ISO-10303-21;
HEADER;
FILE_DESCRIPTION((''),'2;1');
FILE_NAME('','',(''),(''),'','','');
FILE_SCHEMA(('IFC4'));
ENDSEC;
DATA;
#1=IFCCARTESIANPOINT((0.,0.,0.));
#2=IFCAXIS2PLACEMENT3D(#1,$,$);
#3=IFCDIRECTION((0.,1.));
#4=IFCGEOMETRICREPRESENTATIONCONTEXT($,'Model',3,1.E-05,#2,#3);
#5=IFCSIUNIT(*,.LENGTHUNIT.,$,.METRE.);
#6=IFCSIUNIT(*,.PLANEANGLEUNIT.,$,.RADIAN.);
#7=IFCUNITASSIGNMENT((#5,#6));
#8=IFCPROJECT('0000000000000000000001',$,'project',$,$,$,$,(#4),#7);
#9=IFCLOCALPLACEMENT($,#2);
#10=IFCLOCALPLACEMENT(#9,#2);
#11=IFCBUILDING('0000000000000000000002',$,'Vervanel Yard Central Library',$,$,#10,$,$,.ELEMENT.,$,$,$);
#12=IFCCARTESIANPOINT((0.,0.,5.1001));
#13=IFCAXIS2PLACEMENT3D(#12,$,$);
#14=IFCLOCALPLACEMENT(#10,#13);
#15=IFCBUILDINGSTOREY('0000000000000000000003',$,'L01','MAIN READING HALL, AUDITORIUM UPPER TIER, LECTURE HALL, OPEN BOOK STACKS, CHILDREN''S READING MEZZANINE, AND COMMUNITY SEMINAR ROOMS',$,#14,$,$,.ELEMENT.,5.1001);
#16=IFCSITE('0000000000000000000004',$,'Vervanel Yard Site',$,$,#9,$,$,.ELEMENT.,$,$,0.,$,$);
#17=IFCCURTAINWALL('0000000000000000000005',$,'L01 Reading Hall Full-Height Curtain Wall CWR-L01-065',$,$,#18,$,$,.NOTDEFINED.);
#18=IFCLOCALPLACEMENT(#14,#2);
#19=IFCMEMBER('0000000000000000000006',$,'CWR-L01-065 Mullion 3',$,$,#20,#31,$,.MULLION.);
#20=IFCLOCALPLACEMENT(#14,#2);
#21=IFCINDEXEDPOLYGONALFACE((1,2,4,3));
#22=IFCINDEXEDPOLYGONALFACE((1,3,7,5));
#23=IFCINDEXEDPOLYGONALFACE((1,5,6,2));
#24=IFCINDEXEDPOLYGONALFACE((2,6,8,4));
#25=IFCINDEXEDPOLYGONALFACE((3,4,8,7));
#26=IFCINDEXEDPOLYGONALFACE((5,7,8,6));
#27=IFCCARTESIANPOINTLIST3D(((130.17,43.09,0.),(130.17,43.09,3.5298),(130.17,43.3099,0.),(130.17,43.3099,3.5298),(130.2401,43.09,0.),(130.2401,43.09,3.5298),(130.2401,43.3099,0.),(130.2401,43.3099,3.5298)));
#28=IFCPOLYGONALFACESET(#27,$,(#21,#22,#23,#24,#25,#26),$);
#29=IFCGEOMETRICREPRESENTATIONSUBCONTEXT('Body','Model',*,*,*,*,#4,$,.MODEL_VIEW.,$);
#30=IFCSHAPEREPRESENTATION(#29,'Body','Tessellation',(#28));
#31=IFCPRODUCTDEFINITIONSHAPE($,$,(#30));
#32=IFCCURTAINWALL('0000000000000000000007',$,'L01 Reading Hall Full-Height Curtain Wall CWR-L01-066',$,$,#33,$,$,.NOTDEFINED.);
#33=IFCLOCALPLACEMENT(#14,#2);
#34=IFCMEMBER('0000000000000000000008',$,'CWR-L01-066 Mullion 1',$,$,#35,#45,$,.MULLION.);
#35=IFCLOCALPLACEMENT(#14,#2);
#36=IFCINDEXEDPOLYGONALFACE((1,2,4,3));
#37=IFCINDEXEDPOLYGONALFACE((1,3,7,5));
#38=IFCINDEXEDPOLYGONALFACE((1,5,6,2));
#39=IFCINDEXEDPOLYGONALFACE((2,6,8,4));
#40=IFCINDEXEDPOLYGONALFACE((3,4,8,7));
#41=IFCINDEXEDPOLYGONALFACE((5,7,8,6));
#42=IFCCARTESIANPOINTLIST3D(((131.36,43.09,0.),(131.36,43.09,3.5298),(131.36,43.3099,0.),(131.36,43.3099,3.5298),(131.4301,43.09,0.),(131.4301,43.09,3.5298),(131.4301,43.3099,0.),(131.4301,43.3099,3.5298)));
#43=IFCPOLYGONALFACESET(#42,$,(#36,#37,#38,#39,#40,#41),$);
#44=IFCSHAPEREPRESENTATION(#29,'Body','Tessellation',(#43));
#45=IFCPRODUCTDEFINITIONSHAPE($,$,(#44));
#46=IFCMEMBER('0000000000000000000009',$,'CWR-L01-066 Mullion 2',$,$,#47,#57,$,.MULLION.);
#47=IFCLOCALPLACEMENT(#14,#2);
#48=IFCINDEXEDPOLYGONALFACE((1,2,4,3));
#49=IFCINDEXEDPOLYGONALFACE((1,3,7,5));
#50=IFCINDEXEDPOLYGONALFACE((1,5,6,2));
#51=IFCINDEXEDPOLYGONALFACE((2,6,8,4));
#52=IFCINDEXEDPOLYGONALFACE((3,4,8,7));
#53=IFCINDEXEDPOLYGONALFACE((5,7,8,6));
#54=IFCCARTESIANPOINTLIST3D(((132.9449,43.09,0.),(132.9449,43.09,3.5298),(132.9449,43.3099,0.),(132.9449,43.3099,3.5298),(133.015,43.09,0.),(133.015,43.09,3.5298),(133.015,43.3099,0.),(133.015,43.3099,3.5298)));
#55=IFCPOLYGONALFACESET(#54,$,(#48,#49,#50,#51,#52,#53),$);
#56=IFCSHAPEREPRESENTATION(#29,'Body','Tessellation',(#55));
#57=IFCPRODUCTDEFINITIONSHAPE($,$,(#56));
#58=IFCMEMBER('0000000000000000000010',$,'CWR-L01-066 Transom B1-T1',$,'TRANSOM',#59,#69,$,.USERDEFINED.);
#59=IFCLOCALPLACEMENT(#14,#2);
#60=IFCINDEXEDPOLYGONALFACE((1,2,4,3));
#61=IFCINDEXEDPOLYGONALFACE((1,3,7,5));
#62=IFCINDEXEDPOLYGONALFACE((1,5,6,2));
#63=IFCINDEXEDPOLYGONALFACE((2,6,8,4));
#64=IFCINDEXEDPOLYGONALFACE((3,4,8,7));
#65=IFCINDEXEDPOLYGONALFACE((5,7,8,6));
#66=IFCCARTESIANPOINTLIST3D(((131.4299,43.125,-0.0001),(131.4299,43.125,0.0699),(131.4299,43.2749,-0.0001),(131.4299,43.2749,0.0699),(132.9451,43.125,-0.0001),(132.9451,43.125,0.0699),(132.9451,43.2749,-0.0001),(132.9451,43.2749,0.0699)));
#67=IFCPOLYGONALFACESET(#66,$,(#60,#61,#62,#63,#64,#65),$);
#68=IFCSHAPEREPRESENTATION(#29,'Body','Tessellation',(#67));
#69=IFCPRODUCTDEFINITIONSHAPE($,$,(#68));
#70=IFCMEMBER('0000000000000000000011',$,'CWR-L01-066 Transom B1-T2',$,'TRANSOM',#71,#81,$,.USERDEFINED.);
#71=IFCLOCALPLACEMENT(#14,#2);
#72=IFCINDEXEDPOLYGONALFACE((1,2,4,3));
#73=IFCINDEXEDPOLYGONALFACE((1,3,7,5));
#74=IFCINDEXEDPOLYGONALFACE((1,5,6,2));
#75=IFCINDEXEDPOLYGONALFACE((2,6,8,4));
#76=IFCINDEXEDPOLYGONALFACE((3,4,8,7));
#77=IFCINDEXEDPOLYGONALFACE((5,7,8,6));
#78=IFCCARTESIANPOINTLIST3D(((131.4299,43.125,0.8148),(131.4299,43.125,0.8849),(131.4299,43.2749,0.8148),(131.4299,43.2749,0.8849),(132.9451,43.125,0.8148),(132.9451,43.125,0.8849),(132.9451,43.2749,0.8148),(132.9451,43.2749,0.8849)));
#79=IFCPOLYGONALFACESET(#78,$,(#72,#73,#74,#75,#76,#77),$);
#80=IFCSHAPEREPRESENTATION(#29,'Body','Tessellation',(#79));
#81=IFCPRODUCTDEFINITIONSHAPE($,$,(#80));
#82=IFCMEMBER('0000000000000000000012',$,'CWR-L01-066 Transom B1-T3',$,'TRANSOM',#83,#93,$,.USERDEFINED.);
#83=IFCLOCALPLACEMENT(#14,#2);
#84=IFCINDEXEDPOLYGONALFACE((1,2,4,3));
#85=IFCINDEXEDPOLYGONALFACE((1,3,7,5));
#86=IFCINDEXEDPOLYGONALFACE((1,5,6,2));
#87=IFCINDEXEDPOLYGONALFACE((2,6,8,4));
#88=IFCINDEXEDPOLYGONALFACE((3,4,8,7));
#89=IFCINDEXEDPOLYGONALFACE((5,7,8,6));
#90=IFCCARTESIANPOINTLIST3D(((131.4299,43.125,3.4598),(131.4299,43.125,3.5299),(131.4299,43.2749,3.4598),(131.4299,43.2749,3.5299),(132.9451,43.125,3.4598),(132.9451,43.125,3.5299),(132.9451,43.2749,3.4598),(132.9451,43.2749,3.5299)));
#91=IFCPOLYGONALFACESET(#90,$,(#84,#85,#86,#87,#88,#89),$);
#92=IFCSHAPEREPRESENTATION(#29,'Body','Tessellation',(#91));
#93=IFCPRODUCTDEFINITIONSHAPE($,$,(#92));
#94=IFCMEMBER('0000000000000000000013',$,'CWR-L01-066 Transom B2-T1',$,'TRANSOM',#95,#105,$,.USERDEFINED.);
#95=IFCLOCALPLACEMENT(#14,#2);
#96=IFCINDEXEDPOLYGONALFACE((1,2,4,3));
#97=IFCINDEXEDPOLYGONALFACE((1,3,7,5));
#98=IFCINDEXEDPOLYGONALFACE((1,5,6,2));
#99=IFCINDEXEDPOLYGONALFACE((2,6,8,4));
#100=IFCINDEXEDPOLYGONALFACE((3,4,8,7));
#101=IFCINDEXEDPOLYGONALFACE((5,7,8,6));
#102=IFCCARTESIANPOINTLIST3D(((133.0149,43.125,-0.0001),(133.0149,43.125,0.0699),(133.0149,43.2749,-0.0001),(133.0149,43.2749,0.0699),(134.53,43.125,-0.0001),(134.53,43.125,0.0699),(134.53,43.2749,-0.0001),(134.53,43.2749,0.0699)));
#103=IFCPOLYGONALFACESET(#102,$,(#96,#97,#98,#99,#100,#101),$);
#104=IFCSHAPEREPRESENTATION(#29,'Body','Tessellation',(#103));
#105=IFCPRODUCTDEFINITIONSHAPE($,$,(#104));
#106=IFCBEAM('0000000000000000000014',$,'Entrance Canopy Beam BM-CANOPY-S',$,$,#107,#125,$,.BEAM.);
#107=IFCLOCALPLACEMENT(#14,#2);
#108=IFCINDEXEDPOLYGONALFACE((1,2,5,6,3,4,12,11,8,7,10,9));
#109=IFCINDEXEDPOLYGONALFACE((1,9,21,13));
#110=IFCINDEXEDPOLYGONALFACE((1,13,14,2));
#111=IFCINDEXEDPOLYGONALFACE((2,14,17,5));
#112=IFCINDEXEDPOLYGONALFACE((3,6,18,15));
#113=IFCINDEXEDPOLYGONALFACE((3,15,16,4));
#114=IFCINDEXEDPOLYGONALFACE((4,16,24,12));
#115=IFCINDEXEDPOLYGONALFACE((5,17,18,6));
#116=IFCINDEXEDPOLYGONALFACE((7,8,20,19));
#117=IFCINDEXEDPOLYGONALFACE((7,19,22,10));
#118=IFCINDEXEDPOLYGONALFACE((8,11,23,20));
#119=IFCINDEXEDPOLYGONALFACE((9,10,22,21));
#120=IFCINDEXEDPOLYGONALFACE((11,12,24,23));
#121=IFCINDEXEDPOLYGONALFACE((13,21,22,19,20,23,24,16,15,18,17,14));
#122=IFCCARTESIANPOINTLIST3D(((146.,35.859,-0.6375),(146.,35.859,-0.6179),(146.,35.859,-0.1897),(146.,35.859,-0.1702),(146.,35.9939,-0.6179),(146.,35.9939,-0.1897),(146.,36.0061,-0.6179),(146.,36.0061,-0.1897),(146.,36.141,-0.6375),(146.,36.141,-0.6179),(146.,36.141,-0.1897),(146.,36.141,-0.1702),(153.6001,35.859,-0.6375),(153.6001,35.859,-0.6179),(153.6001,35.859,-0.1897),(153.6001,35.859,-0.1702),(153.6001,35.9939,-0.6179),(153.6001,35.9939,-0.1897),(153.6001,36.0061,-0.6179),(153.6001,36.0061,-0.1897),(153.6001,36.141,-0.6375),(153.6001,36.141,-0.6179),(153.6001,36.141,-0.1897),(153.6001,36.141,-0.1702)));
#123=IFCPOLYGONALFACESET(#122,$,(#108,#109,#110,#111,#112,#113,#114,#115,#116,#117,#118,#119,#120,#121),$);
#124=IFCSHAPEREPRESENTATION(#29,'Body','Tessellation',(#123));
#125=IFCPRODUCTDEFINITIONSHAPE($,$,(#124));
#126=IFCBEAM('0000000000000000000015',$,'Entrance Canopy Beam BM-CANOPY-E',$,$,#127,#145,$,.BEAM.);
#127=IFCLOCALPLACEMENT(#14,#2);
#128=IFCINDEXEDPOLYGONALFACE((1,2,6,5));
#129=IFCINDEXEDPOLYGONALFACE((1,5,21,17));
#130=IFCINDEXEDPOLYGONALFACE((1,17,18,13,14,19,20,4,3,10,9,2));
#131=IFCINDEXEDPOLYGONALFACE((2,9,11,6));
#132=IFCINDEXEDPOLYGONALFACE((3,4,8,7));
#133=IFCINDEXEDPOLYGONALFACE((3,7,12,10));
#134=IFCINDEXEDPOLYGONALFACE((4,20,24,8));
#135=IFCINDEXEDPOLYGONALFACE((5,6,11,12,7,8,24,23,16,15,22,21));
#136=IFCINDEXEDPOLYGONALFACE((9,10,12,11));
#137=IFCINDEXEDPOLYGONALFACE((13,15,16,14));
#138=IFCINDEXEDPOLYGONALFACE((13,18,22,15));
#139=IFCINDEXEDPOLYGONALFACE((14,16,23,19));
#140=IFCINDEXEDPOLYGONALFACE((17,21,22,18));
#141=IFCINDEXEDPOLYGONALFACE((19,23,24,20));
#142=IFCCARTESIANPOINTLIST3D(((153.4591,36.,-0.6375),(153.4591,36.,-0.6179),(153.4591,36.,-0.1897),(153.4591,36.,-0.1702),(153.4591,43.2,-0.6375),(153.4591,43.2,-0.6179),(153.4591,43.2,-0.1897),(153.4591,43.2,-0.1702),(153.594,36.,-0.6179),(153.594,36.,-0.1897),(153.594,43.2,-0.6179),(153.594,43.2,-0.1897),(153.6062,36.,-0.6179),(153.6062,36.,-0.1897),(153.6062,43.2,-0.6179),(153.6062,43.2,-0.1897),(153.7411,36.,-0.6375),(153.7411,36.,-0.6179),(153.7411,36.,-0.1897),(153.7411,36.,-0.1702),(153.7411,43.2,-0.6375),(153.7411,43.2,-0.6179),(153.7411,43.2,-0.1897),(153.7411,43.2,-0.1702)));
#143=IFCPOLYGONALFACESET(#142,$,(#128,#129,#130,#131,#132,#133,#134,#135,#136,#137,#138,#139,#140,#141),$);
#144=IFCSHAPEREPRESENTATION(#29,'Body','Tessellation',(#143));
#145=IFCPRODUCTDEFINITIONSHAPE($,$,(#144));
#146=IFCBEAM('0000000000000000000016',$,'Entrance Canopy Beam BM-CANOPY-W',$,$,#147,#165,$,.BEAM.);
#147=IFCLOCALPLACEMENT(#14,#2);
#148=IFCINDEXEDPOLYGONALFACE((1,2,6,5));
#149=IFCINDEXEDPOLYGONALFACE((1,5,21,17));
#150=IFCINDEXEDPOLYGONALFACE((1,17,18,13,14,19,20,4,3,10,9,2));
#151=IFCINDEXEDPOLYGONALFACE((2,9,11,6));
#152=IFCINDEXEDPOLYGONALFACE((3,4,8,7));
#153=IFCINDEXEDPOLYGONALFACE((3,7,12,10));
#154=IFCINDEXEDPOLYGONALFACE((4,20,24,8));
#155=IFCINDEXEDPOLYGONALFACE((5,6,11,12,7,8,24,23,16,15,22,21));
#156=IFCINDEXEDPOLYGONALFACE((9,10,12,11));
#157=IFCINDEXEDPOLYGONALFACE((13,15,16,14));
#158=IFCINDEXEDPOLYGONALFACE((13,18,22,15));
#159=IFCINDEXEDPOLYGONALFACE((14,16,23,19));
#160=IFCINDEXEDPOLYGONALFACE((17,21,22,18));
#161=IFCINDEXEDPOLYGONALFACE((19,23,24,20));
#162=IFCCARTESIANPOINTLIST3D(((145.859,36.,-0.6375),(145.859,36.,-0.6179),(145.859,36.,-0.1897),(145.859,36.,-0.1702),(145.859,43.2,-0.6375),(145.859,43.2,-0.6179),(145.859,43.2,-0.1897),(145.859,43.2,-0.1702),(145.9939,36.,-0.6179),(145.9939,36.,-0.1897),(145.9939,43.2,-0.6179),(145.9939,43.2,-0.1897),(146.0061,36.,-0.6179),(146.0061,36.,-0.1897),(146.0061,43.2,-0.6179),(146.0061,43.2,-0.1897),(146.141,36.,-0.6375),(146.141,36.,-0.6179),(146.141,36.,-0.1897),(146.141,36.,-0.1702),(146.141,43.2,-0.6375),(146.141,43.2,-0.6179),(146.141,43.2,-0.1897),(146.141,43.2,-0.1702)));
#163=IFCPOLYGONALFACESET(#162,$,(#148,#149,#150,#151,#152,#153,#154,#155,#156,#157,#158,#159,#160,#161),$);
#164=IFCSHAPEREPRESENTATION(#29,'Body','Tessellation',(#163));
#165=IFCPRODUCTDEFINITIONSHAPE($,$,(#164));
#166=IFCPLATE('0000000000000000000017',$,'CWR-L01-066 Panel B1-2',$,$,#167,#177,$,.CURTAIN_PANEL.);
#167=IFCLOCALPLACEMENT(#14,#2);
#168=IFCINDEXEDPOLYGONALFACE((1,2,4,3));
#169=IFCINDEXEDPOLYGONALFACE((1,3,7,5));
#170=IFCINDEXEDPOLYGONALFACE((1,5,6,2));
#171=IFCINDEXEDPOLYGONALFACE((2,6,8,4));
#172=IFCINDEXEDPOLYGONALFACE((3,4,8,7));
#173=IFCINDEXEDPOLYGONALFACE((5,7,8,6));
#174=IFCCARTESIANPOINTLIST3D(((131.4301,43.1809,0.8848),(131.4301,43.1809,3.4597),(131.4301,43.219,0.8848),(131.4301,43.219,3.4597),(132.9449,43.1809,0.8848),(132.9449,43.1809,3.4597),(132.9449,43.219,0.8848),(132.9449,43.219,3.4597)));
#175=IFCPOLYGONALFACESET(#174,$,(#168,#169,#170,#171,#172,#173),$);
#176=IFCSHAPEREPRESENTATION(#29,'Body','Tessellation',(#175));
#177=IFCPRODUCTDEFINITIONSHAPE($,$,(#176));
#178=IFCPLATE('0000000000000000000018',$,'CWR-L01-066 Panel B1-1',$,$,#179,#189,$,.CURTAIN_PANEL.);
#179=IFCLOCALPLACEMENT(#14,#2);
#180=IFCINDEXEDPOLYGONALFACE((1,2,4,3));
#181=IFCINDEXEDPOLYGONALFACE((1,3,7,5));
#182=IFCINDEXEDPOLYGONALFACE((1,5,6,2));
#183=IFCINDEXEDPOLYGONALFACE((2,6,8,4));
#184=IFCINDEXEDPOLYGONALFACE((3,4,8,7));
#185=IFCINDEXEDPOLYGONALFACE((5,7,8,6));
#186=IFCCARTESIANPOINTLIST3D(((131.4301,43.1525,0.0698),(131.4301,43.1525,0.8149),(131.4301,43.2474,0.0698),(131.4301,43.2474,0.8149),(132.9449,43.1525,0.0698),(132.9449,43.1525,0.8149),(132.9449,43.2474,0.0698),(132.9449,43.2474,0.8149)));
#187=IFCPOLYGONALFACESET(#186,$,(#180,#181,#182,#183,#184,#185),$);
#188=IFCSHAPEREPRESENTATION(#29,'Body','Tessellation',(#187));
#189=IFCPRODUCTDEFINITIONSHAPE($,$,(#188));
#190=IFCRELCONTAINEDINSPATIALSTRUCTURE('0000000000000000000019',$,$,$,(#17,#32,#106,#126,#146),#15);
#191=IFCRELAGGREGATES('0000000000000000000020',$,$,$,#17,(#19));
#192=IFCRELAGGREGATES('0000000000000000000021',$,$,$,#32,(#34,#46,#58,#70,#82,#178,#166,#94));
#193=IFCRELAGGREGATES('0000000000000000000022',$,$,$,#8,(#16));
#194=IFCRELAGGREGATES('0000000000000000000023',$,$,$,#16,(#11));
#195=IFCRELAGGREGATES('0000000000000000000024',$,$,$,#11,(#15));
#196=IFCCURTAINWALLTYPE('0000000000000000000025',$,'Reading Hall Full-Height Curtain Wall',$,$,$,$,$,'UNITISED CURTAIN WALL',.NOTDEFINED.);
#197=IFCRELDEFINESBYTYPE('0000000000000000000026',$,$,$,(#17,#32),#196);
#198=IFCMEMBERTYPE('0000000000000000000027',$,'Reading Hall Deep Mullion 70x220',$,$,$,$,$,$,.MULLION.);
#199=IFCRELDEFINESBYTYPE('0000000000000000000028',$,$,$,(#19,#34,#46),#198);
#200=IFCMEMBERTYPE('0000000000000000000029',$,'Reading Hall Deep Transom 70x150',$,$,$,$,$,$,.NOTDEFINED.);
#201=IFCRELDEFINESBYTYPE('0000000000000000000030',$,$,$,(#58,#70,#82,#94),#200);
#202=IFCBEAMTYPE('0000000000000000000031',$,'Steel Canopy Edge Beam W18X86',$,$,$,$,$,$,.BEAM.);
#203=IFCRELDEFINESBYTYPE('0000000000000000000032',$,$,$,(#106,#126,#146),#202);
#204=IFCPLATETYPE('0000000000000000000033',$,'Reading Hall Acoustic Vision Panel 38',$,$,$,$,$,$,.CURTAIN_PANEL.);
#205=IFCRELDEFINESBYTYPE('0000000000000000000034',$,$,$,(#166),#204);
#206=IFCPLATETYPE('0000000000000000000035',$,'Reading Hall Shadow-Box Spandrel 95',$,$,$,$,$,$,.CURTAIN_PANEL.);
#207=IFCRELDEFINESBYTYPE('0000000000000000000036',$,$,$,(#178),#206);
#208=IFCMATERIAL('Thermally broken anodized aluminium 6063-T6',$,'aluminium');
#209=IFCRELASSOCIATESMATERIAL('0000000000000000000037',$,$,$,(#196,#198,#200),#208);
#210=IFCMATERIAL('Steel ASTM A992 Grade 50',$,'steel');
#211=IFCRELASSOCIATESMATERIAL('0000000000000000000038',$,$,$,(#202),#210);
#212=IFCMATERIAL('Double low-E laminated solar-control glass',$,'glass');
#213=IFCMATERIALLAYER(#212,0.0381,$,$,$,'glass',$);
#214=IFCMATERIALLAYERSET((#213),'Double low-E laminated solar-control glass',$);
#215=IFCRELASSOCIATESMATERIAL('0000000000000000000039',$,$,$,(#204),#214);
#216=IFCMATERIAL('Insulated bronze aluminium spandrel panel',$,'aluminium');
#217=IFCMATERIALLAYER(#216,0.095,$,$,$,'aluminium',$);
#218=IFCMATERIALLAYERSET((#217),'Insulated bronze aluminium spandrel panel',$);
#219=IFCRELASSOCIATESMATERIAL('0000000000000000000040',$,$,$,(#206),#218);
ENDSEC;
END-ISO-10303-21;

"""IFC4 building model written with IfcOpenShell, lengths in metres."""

from ifc_helpers import new_model, si_unit, direction, frame, origin, origin_2d, place, context, subcontext, project, spatial, rectangle, i_section, extrude, material, layer, layer_set, material_profile, profile_set, type_object, element, aggregate, save


model = new_model("IFC4")

# Units and contexts
model_context = context("Model", 3, precision=1e-05, world=origin(), true_north=direction((0.0, 1.0)))
body_context = subcontext(model_context, "Body", "Model", "MODEL_VIEW")
ifc_project = project(units=[si_unit("LENGTHUNIT", "METRE"), si_unit("PLANEANGLEUNIT", "RADIAN")], contexts=[model_context])

# Site, building, storey
site_placement = place(None, origin())
site = spatial("IfcSite", under=ifc_project, at=site_placement, Name="Vervanel Yard Site", CompositionType="ELEMENT", RefElevation=0.0)
building_placement = place(site_placement, origin())
building = spatial("IfcBuilding", under=site, at=building_placement, Name="Vervanel Yard Central Library", CompositionType="ELEMENT")
storey_placement = place(building_placement, frame((0.0, 0.0, 5.1001)))
storey = spatial("IfcBuildingStorey", under=building, at=storey_placement, Name="L01", Description="MAIN READING HALL, AUDITORIUM UPPER TIER, LECTURE HALL, OPEN BOOK STACKS, CHILDREN'S READING MEZZANINE, AND COMMUNITY SEMINAR ROOMS", CompositionType="ELEMENT", Elevation=5.1001)

# Curtain wall, member
ifc_material_1 = material(Name="Thermally broken anodized aluminium 6063-T6", Category="aluminium")
curtain_wall_type = type_object("IfcCurtainWallType", Name="Reading Hall Full-Height Curtain Wall", ElementType="UNITISED CURTAIN WALL", PredefinedType="NOTDEFINED", material=ifc_material_1)
curtain_wall_1_placement = place(storey_placement, origin())
curtain_wall_1 = element("IfcCurtainWall", 1, at=curtain_wall_1_placement, inside=storey, type_object=curtain_wall_type, Name="L01 Reading Hall Full-Height Curtain Wall CWR-L01-065", PredefinedType="NOTDEFINED")
ifc_material_profile_1 = material_profile(ifc_material_1, rectangle(XDim=0.0701, YDim=0.22, at=origin_2d()), Name="ALU 70x220", Category="aluminium")
ifc_profile_set_1 = profile_set([ifc_material_profile_1], Name="Thermally broken anodized aluminium 6063-T6")
member_type_1 = type_object("IfcMemberType", Name="Reading Hall Deep Mullion 70x220", PredefinedType="MULLION", material=ifc_profile_set_1)
member_1_placement = place(storey_placement, frame((130.2051, 43.2, 0.0), z_axis=(0.0, 0.0, 1.0), x_axis=(1.0, 0.0, 0.0)))
member_1 = element("IfcMember", 2, at=member_1_placement, type_object=member_type_1, Name="CWR-L01-065 Mullion 3", PredefinedType="MULLION", context=body_context, shape_type="SweptSolid", body=[
    extrude(rectangle(XDim=0.0701, YDim=0.22, at=origin_2d()), origin(), (0.0, 0.0, 1.0), 3.5298),
])
aggregate(curtain_wall_1, [member_1])

# Curtain wall, members
curtain_wall_2_placement = place(storey_placement, origin())
curtain_wall_2 = element("IfcCurtainWall", 3, at=curtain_wall_2_placement, inside=storey, type_object=curtain_wall_type, Name="L01 Reading Hall Full-Height Curtain Wall CWR-L01-066", PredefinedType="NOTDEFINED")
member_2_placement = place(storey_placement, frame((131.395, 43.2, 0.0), z_axis=(0.0, 0.0, 1.0), x_axis=(1.0, 0.0, 0.0)))
member_2 = element("IfcMember", 4, at=member_2_placement, type_object=member_type_1, Name="CWR-L01-066 Mullion 1", PredefinedType="MULLION", context=body_context, shape_type="SweptSolid", body=[
    extrude(rectangle(XDim=0.0701, YDim=0.22, at=origin_2d()), origin(), (0.0, 0.0, 1.0), 3.5298),
])
member_3_placement = place(storey_placement, frame((132.98, 43.2, 0.0), z_axis=(0.0, 0.0, 1.0), x_axis=(1.0, 0.0, 0.0)))
member_3 = element("IfcMember", 5, at=member_3_placement, type_object=member_type_1, Name="CWR-L01-066 Mullion 2", PredefinedType="MULLION", context=body_context, shape_type="SweptSolid", body=[
    extrude(rectangle(XDim=0.0701, YDim=0.22, at=origin_2d()), origin(), (0.0, 0.0, 1.0), 3.5298),
])
ifc_material_profile_2 = material_profile(ifc_material_1, rectangle(XDim=0.0701, YDim=0.1499, at=origin_2d()), Name="ALU 70x150", Category="aluminium")
ifc_profile_set_2 = profile_set([ifc_material_profile_2], Name="Thermally broken anodized aluminium 6063-T6")
member_type_2 = type_object("IfcMemberType", Name="Reading Hall Deep Transom 70x150", PredefinedType="NOTDEFINED", material=ifc_profile_set_2)
member_4_placement = place(storey_placement, frame((131.4299, 43.2, 0.0349), z_axis=(1.0, 0.0, 0.0), x_axis=(0.0, 0.0, 1.0)))
member_4 = element("IfcMember", 6, at=member_4_placement, type_object=member_type_2, Name="CWR-L01-066 Transom B1-T1", ObjectType="TRANSOM", PredefinedType="USERDEFINED", context=body_context, shape_type="SweptSolid", body=[
    extrude(rectangle(XDim=0.0701, YDim=0.1499, at=origin_2d()), origin(), (0.0, 0.0, 1.0), 1.5151),
])
member_5_placement = place(storey_placement, frame((131.4299, 43.2, 0.8499), z_axis=(1.0, 0.0, 0.0), x_axis=(0.0, 0.0, 1.0)))
member_5 = element("IfcMember", 7, at=member_5_placement, type_object=member_type_2, Name="CWR-L01-066 Transom B1-T2", ObjectType="TRANSOM", PredefinedType="USERDEFINED", context=body_context, shape_type="SweptSolid", body=[
    extrude(rectangle(XDim=0.0701, YDim=0.1499, at=origin_2d()), origin(), (0.0, 0.0, 1.0), 1.5151),
])
member_6_placement = place(storey_placement, frame((131.4299, 43.2, 3.4949), z_axis=(1.0, 0.0, 0.0), x_axis=(0.0, 0.0, 1.0)))
member_6 = element("IfcMember", 8, at=member_6_placement, type_object=member_type_2, Name="CWR-L01-066 Transom B1-T3", ObjectType="TRANSOM", PredefinedType="USERDEFINED", context=body_context, shape_type="SweptSolid", body=[
    extrude(rectangle(XDim=0.0701, YDim=0.1499, at=origin_2d()), origin(), (0.0, 0.0, 1.0), 1.5151),
])
member_7_placement = place(storey_placement, frame((133.0149, 43.2, 0.0349), z_axis=(1.0, 0.0, 0.0), x_axis=(0.0, 0.0, 1.0)))
member_7 = element("IfcMember", 9, at=member_7_placement, type_object=member_type_2, Name="CWR-L01-066 Transom B2-T1", ObjectType="TRANSOM", PredefinedType="USERDEFINED", context=body_context, shape_type="SweptSolid", body=[
    extrude(rectangle(XDim=0.0701, YDim=0.1499, at=origin_2d()), origin(), (0.0, 0.0, 1.0), 1.5151),
])

# Beams
ifc_material_2 = material(Name="Steel ASTM A992 Grade 50", Category="steel")
ifc_material_profile_3 = material_profile(ifc_material_2, i_section(OverallWidth=0.282, OverallDepth=0.4673, WebThickness=0.0122, FlangeThickness=0.0195, at=origin_2d()), Name="W18X86", Category="steel")
ifc_profile_set_3 = profile_set([ifc_material_profile_3], Name="Steel ASTM A992 Grade 50")
beam_type = type_object("IfcBeamType", Name="Steel Canopy Edge Beam W18X86", PredefinedType="BEAM", material=ifc_profile_set_3)
beam_placement = place(storey_placement, frame((146.0, 36.0, -0.4038), z_axis=(1.0, 0.0, 0.0), x_axis=(0.0, 1.0, 0.0)))
element("IfcBeam", 10, at=beam_placement, inside=storey, type_object=beam_type, Name="Entrance Canopy Beam BM-CANOPY-S", PredefinedType="BEAM", context=body_context, shape_type="SweptSolid", body=[
    extrude(i_section(OverallWidth=0.282, OverallDepth=0.4673, WebThickness=0.0122, FlangeThickness=0.0195, at=origin_2d()), origin(), (0.0, 0.0, 1.0), 7.6001),
])
for number, where, z_axis, x_axis, name in (
    (11, (153.6001, 36.0, -0.4038), (0.0, 1.0, 0.0), (-1.0, 0.0, 0.0), "Entrance Canopy Beam BM-CANOPY-E"),
    (12, (146.0, 36.0, -0.4038), (0.0, 1.0, 0.0), (-1.0, 0.0, 0.0), "Entrance Canopy Beam BM-CANOPY-W"),
):
    element("IfcBeam", number, at=place(storey_placement, frame(where, z_axis=z_axis, x_axis=x_axis)), inside=storey, type_object=beam_type, Name=name, PredefinedType="BEAM", context=body_context, shape_type="SweptSolid", body=[
        extrude(i_section(OverallWidth=0.282, OverallDepth=0.4673, WebThickness=0.0122, FlangeThickness=0.0195, at=origin_2d()), origin(), (0.0, 0.0, 1.0), 7.2),
    ])

# Plates
ifc_material_3 = material(Name="Double low-E laminated solar-control glass", Category="glass")
ifc_layer_1 = layer(ifc_material_3, 0.0381, Category="glass")
ifc_layer_set_1 = layer_set([ifc_layer_1], Name="Double low-E laminated solar-control glass")
plate_type_1 = type_object("IfcPlateType", Name="Reading Hall Acoustic Vision Panel 38", PredefinedType="CURTAIN_PANEL", material=ifc_layer_set_1)
plate_1_placement = place(storey_placement, frame((132.1875, 43.2, 0.8848), z_axis=(0.0, 0.0, 1.0), x_axis=(1.0, 0.0, 0.0)))
plate_1 = element("IfcPlate", 13, at=plate_1_placement, type_object=plate_type_1, Name="CWR-L01-066 Panel B1-2", PredefinedType="CURTAIN_PANEL", context=body_context, shape_type="SweptSolid", body=[
    extrude(rectangle(XDim=1.5149, YDim=0.0381, at=origin_2d()), origin(), (0.0, 0.0, 1.0), 2.575),
])
ifc_material_4 = material(Name="Insulated bronze aluminium spandrel panel", Category="aluminium")
ifc_layer_2 = layer(ifc_material_4, 0.095, Category="aluminium")
ifc_layer_set_2 = layer_set([ifc_layer_2], Name="Insulated bronze aluminium spandrel panel")
plate_type_2 = type_object("IfcPlateType", Name="Reading Hall Shadow-Box Spandrel 95", PredefinedType="CURTAIN_PANEL", material=ifc_layer_set_2)
plate_2_placement = place(storey_placement, frame((132.1875, 43.2, 0.0698), z_axis=(0.0, 0.0, 1.0), x_axis=(1.0, 0.0, 0.0)))
plate_2 = element("IfcPlate", 14, at=plate_2_placement, type_object=plate_type_2, Name="CWR-L01-066 Panel B1-1", PredefinedType="CURTAIN_PANEL", context=body_context, shape_type="SweptSolid", body=[
    extrude(rectangle(XDim=1.5149, YDim=0.095, at=origin_2d()), origin(), (0.0, 0.0, 1.0), 0.7451),
])
aggregate(curtain_wall_2, [member_2, member_3, member_4, member_5, member_6, plate_2, plate_1, member_7])

save(model, "model.ifc")
